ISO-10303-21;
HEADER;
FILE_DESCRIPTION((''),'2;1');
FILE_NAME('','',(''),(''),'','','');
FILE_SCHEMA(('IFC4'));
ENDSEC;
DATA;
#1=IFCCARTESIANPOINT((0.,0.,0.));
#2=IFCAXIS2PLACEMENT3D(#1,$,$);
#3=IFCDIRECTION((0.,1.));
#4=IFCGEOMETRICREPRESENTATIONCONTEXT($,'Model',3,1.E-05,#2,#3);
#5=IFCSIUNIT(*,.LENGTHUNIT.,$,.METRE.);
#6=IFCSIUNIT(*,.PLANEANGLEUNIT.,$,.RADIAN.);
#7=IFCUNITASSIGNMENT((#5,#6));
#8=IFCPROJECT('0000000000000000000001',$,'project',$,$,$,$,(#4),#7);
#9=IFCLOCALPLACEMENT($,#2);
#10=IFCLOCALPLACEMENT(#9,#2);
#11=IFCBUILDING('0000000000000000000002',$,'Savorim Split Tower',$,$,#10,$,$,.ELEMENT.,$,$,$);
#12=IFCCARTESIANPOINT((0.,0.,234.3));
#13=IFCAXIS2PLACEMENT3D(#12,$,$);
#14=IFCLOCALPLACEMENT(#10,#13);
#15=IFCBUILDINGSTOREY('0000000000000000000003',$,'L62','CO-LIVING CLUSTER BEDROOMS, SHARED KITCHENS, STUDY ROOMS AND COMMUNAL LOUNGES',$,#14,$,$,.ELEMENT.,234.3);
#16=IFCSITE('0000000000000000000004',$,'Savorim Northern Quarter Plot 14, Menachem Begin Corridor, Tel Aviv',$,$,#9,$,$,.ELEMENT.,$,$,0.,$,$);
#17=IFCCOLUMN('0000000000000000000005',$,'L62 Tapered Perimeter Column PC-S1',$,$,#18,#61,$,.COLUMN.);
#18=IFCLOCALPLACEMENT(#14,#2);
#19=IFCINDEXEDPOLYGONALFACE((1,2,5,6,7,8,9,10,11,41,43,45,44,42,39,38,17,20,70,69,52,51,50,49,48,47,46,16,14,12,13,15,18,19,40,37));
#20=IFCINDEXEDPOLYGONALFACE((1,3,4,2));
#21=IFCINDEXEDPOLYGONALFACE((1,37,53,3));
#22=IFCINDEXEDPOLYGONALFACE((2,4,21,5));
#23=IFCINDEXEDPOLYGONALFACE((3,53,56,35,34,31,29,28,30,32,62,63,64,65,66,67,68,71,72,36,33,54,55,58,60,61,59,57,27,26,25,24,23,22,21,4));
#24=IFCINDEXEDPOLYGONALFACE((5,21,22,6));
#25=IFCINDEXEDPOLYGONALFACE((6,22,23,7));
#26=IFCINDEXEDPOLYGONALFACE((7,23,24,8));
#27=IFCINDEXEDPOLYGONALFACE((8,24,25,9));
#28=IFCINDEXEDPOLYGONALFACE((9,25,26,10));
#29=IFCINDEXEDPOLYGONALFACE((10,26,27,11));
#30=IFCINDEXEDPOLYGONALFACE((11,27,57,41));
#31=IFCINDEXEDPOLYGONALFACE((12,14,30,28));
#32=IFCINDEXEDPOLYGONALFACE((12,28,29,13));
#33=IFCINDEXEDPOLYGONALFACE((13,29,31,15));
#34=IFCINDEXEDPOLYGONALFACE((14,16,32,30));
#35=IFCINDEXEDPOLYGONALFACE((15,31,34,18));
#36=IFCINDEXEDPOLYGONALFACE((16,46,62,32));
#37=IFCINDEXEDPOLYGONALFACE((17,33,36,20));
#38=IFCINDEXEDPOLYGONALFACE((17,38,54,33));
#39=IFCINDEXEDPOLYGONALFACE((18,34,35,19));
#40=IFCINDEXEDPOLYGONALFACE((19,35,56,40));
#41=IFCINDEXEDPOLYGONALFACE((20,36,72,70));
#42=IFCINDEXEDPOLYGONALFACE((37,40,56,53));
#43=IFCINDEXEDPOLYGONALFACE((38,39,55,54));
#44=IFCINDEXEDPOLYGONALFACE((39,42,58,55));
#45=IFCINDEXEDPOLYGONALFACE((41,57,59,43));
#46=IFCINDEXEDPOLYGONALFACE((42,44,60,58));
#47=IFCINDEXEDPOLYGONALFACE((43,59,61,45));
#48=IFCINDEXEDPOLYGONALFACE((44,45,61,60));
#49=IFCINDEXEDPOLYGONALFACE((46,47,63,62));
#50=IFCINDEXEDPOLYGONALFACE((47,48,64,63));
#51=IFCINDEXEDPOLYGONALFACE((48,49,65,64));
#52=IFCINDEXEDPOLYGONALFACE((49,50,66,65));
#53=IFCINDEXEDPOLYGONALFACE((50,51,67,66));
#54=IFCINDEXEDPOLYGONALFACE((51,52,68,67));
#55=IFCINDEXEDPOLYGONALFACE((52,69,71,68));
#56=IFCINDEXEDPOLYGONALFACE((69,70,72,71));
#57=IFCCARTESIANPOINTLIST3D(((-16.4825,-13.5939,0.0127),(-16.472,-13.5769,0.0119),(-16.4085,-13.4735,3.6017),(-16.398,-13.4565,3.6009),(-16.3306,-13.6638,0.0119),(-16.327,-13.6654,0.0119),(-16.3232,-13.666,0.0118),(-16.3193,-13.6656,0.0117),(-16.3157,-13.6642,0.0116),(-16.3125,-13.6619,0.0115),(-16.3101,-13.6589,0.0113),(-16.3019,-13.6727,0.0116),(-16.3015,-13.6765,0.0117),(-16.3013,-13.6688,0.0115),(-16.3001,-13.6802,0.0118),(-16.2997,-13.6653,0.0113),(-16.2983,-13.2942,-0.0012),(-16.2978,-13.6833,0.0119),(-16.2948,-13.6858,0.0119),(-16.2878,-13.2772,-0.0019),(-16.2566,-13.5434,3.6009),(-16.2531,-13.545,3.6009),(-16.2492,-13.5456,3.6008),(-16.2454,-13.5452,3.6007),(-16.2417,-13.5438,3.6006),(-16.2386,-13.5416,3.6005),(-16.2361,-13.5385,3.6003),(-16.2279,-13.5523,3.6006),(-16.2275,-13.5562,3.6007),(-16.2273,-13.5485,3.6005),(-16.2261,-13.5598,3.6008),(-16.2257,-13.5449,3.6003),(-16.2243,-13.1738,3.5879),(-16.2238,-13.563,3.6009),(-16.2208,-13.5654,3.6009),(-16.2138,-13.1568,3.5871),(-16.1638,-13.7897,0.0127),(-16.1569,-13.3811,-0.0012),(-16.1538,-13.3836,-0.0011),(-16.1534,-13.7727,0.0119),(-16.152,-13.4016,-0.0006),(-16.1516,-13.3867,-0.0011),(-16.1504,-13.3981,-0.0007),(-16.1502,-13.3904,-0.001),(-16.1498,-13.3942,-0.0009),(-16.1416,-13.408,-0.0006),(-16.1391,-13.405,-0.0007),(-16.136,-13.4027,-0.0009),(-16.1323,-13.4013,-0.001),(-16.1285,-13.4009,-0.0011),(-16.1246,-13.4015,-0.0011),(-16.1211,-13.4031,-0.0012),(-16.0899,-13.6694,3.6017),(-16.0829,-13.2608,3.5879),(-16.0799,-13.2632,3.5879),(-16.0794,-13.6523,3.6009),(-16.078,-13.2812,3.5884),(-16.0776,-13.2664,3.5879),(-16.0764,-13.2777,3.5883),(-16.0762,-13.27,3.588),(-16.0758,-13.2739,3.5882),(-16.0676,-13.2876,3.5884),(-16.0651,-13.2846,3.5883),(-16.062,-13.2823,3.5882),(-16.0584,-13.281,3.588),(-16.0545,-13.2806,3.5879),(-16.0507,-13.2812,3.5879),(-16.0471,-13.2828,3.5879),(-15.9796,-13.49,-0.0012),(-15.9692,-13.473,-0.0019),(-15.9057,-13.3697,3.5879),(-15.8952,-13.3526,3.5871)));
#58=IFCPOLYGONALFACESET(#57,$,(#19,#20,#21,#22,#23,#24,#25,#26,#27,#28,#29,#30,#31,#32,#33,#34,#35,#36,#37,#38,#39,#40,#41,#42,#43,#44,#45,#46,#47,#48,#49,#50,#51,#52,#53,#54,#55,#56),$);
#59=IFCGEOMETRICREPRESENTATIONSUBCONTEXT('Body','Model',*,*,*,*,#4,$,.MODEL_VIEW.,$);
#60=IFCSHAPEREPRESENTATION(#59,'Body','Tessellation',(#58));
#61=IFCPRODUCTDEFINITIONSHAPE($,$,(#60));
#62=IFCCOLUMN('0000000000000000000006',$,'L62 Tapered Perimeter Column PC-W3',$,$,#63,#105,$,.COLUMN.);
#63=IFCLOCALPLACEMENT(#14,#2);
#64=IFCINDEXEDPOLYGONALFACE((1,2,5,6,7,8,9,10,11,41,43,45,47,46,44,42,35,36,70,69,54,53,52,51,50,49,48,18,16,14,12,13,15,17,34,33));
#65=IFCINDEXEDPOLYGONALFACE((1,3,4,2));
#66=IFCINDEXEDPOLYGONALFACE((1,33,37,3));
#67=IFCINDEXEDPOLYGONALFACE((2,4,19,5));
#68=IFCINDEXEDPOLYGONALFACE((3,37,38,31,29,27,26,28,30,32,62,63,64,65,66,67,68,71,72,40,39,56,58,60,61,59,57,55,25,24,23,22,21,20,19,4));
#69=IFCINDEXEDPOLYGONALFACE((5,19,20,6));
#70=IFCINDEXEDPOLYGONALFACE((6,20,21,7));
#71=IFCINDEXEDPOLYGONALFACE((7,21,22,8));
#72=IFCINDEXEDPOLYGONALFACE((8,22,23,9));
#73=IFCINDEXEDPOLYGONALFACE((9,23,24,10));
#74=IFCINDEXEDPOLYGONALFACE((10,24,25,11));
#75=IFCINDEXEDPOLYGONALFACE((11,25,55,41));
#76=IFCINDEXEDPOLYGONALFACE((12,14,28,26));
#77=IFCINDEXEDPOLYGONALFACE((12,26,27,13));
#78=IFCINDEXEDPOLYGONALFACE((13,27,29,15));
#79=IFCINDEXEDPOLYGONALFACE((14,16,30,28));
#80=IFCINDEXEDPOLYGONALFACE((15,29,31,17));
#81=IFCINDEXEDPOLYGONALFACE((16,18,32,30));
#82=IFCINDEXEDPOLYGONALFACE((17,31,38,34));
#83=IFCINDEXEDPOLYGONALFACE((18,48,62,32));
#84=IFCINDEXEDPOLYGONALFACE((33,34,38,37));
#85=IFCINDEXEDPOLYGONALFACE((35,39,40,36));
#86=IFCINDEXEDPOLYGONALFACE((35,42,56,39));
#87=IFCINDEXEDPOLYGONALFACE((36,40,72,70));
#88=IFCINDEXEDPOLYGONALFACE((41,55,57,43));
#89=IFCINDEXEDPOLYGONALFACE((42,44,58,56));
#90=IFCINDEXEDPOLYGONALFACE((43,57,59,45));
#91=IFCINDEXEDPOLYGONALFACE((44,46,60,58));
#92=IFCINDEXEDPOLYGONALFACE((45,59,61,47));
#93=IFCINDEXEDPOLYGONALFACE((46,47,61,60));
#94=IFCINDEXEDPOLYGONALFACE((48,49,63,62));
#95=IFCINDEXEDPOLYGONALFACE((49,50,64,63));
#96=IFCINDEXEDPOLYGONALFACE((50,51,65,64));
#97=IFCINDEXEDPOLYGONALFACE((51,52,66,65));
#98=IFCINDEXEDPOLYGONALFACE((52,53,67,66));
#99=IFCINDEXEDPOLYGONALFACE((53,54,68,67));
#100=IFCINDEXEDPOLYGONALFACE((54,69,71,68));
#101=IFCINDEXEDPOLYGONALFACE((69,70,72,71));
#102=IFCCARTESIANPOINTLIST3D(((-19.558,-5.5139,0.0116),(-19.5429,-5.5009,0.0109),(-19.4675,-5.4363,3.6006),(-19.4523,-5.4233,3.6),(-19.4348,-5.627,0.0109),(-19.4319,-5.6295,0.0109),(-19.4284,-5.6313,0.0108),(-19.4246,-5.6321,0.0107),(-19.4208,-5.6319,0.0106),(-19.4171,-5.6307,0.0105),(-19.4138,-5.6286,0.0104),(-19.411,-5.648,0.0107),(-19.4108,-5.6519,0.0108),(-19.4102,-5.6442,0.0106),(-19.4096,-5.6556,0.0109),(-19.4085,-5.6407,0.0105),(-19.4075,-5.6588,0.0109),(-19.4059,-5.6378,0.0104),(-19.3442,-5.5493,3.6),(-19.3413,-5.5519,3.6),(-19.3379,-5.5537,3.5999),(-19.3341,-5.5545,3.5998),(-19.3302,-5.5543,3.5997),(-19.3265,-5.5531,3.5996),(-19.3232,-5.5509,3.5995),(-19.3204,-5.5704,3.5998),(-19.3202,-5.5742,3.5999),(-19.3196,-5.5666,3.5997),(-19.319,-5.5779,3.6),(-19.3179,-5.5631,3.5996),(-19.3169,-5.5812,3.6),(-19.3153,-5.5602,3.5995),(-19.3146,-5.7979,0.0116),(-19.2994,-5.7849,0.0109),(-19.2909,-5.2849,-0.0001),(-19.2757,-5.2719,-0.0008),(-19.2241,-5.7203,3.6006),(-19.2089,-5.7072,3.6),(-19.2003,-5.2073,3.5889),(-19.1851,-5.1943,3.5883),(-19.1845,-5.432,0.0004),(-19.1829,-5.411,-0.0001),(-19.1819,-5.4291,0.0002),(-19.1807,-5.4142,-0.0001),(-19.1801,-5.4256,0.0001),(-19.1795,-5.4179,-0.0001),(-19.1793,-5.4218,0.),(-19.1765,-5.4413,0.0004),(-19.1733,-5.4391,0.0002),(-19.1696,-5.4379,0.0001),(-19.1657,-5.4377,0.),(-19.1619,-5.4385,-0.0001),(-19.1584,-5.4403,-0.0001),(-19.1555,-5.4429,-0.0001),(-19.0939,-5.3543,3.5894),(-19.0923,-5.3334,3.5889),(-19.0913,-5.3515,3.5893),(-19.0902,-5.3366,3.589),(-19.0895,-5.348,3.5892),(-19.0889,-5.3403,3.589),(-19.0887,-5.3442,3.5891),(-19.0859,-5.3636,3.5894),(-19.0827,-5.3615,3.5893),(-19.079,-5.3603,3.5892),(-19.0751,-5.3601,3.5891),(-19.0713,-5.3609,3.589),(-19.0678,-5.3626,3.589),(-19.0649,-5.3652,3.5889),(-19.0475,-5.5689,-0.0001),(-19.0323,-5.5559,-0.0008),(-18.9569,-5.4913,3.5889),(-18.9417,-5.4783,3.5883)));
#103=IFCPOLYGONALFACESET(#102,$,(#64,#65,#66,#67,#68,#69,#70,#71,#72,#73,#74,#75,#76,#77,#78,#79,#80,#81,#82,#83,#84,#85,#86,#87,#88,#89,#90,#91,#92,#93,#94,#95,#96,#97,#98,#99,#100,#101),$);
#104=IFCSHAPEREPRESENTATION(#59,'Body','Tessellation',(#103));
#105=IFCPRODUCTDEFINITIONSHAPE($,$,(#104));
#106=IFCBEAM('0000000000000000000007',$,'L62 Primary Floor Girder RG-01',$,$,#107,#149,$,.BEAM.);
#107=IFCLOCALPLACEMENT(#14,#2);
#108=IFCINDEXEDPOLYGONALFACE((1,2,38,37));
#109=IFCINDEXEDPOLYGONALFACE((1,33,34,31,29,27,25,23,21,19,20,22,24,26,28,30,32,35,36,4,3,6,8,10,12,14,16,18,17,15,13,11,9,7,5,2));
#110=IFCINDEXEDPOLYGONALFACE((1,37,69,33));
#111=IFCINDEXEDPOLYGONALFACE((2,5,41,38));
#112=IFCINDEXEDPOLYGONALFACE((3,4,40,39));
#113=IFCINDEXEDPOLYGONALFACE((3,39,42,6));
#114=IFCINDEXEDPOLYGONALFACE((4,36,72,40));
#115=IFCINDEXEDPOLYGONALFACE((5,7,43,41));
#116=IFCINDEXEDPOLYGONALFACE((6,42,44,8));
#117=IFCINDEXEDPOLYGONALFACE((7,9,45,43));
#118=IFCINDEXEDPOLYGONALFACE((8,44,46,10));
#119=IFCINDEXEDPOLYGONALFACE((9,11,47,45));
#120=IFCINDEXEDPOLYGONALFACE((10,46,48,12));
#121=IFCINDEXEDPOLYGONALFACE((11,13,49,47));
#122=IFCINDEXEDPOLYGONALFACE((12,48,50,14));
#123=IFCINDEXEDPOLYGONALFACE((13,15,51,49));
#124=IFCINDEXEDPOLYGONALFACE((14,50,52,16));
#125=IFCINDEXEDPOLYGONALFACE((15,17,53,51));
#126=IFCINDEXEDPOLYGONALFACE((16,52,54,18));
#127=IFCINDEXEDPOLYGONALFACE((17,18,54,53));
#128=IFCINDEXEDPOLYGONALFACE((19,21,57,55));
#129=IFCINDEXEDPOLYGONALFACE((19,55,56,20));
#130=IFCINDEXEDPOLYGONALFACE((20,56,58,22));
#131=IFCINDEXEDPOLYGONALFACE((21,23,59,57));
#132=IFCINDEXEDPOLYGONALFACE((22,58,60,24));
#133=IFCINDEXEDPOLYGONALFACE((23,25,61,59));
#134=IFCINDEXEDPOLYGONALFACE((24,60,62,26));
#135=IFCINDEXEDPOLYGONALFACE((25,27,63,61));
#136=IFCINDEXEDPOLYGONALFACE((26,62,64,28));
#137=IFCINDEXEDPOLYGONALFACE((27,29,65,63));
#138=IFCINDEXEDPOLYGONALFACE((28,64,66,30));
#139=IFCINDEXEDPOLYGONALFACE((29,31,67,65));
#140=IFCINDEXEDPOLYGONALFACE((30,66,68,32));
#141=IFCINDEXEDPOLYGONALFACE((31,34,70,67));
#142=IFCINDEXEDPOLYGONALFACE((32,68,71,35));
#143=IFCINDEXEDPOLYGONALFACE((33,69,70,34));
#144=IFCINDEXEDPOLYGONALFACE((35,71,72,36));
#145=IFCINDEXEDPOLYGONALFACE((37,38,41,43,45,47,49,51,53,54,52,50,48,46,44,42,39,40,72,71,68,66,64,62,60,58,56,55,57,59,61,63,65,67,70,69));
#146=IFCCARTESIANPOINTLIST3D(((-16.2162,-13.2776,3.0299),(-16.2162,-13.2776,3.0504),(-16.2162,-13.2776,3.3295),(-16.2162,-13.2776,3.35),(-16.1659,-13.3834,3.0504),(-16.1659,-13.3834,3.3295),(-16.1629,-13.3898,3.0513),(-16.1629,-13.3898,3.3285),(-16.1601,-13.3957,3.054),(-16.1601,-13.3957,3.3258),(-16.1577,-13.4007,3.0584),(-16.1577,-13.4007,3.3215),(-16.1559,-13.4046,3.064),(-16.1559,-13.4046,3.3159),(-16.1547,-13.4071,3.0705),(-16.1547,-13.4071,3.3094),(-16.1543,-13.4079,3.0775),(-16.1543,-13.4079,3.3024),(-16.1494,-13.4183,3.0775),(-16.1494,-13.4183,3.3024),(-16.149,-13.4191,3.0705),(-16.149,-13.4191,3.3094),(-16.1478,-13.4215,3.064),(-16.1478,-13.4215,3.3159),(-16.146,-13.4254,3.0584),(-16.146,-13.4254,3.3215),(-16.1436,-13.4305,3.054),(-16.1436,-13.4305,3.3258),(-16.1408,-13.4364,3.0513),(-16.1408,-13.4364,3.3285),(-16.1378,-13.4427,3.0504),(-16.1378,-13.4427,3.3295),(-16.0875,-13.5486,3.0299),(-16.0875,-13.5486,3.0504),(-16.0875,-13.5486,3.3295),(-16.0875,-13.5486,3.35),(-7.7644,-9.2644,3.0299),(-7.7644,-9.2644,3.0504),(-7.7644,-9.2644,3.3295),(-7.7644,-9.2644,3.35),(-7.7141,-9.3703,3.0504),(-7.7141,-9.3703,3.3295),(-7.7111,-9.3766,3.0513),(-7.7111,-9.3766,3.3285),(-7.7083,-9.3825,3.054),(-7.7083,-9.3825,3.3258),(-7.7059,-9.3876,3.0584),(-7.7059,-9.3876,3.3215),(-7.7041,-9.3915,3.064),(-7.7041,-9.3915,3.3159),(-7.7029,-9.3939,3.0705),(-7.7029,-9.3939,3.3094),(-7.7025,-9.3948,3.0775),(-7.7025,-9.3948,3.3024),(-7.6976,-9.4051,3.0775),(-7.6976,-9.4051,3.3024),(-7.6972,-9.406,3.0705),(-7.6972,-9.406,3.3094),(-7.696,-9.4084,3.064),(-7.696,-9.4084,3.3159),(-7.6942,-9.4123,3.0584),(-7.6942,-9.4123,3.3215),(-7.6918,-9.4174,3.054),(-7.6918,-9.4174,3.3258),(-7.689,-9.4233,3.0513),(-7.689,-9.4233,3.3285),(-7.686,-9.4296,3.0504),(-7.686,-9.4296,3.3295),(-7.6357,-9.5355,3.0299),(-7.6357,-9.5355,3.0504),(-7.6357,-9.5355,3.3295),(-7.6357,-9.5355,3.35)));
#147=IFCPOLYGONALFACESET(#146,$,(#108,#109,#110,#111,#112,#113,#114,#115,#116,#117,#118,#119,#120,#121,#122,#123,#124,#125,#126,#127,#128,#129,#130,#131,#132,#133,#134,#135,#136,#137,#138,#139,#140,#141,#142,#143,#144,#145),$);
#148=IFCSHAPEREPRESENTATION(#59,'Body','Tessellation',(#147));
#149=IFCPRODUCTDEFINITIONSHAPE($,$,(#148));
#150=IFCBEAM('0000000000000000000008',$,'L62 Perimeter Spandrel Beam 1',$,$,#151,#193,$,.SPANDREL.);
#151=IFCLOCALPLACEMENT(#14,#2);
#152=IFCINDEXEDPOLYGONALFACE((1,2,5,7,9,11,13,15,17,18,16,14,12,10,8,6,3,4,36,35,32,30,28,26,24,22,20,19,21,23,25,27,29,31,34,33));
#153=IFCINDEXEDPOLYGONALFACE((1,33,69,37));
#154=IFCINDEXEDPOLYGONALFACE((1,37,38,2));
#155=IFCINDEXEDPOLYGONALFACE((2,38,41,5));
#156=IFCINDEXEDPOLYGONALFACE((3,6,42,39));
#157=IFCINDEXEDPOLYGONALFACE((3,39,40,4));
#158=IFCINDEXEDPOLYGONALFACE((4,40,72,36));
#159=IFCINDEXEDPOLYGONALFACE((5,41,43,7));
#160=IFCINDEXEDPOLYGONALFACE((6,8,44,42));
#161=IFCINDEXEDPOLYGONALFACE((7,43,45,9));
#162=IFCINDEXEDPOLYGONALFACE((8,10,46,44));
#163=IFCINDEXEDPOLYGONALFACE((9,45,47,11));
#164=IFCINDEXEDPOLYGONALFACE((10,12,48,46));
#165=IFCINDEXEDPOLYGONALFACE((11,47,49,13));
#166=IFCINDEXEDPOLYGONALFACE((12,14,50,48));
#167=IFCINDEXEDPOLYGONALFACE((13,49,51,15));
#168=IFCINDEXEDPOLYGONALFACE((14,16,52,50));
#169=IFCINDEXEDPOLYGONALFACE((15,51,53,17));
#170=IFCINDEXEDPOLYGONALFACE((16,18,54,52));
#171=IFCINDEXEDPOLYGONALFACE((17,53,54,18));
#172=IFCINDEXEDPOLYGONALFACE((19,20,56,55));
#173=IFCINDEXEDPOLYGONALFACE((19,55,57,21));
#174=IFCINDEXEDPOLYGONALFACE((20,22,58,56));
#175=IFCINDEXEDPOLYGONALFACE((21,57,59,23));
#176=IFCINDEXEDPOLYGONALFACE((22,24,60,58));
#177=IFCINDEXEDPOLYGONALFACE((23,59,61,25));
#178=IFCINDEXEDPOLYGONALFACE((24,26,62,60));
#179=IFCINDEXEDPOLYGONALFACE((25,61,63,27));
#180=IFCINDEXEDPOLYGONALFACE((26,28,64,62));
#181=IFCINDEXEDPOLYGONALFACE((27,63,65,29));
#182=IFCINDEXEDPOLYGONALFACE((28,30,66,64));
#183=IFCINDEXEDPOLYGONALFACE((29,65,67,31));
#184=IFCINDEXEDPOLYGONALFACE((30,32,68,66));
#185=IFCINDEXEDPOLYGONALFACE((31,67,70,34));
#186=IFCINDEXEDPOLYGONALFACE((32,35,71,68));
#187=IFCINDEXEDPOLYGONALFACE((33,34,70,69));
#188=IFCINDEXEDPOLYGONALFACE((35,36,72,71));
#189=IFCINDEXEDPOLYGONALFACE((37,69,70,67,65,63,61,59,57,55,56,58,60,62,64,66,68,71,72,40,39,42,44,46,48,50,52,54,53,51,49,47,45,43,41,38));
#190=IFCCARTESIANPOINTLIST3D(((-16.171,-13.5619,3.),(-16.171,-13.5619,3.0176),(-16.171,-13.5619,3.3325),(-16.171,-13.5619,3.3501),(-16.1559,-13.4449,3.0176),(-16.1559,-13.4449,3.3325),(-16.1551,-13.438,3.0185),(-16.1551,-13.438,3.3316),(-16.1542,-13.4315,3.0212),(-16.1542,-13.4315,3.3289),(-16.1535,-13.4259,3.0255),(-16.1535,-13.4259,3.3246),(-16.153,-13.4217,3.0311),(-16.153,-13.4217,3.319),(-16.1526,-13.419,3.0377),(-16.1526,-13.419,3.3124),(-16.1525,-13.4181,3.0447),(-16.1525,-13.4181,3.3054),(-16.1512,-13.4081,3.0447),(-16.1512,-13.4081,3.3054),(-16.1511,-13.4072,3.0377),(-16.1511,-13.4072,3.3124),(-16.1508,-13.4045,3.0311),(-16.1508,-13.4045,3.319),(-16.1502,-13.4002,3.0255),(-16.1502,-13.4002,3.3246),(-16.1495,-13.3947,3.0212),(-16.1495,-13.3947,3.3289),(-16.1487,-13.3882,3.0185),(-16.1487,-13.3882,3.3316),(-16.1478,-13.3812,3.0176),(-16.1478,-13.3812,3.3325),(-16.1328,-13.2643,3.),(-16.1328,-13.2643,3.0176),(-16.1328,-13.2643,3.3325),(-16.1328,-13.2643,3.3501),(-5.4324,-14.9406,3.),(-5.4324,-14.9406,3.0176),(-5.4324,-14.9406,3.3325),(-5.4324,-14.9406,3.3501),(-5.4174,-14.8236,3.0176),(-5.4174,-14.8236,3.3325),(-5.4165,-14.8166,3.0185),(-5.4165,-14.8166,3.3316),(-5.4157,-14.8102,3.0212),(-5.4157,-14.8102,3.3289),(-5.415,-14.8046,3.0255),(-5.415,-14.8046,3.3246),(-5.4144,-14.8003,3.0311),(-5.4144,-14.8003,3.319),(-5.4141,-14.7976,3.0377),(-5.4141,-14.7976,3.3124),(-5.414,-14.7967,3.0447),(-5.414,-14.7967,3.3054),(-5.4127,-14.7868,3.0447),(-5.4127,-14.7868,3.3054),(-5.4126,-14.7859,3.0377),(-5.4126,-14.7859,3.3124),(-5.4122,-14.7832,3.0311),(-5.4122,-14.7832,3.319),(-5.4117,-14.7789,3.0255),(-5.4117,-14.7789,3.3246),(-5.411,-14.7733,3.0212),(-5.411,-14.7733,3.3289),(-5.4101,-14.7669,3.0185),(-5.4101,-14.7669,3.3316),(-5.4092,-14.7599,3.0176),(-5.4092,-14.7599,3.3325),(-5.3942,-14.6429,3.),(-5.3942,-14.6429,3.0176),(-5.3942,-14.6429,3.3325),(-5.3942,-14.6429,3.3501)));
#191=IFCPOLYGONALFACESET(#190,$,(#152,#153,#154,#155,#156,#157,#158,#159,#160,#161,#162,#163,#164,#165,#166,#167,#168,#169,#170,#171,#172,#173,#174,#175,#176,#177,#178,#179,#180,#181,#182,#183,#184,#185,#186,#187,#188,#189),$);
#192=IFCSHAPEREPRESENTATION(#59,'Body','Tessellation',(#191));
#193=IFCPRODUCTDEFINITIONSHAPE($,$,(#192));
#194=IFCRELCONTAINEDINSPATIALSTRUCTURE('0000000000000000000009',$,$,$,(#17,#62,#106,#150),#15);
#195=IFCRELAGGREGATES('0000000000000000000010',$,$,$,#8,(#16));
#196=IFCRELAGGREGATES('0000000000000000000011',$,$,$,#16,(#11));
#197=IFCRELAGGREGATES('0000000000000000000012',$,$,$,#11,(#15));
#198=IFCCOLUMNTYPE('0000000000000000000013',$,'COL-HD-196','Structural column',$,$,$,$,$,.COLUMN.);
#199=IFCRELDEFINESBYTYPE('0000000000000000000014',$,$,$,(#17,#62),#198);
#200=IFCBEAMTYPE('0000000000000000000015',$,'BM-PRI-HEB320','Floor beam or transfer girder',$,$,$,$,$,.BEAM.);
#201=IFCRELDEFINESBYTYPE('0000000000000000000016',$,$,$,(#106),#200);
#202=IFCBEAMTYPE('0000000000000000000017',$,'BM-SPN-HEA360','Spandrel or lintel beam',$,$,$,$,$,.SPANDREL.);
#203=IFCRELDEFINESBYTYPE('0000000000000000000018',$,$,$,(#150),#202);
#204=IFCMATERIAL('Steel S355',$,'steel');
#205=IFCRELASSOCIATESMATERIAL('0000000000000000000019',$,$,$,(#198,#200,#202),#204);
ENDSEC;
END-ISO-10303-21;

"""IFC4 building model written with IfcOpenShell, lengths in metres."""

from ifc_helpers import new_model, si_unit, direction, frame, origin, origin_2d, place, context, subcontext, project, spatial, i_section, extrude, material, material_profile, profile_set, type_object, element, save


model = new_model("IFC4")

# Units and contexts
model_context = context("Model", 3, precision=1e-05, world=origin(), true_north=direction((0.0, 1.0)))
body_context = subcontext(model_context, "Body", "Model", "MODEL_VIEW")
ifc_project = project(units=[si_unit("LENGTHUNIT", "METRE"), si_unit("PLANEANGLEUNIT", "RADIAN")], contexts=[model_context])

# Site, building, storey
site_placement = place(None, origin())
site = spatial("IfcSite", under=ifc_project, at=site_placement, Name="Savorim Northern Quarter Plot 14, Menachem Begin Corridor, Tel Aviv", CompositionType="ELEMENT", RefElevation=0.0)
building_placement = place(site_placement, origin())
building = spatial("IfcBuilding", under=site, at=building_placement, Name="Savorim Split Tower", CompositionType="ELEMENT")
storey_placement = place(building_placement, frame((0.0, 0.0, 234.3)))
storey = spatial("IfcBuildingStorey", under=building, at=storey_placement, Name="L62", Description="CO-LIVING CLUSTER BEDROOMS, SHARED KITCHENS, STUDY ROOMS AND COMMUNAL LOUNGES", CompositionType="ELEMENT", Elevation=234.3)

# Columns
ifc_material_1 = material(Name="Steel S355", Category="steel")
ifc_material_profile_1 = material_profile(ifc_material_1, i_section(OverallWidth=0.374, OverallDepth=0.3721, WebThickness=0.0122, FlangeThickness=0.02, FilletRadius=0.0149, at=origin_2d()), Name="HD 360x196")
ifc_profile_set_1 = profile_set([ifc_material_profile_1], Name="Steel S355")
column_type = type_object("IfcColumnType", Name="COL-HD-196", Description="Structural column", PredefinedType="COLUMN", material=ifc_profile_set_1)
column_1_placement = place(storey_placement, frame((-16.2258, -13.5334, 0.0054), z_axis=(0.020595, 0.033509, 0.999226), x_axis=(-0.851955, 0.523615, 0.0)))
element("IfcColumn", 1, at=column_1_placement, inside=storey, type_object=column_type, Name="L62 Tapered Perimeter Column PC-S1", PredefinedType="COLUMN", context=body_context, shape_type="SweptSolid", body=[
    extrude(i_section(OverallWidth=0.374, OverallDepth=0.3721, WebThickness=0.0122, FlangeThickness=0.02, FilletRadius=0.0149, at=origin_2d()), origin(), (0.0, 0.0, 1.0), 3.5918),
])
column_2_placement = place(storey_placement, frame((-19.2952, -5.5349, 0.0054), z_axis=(0.025222, 0.021619, 0.999448), x_axis=(-0.650791, 0.759257, 0.0)))
element("IfcColumn", 2, at=column_2_placement, inside=storey, type_object=column_type, Name="L62 Tapered Perimeter Column PC-W3", PredefinedType="COLUMN", context=body_context, shape_type="SweptSolid", body=[
    extrude(i_section(OverallWidth=0.374, OverallDepth=0.3721, WebThickness=0.0122, FlangeThickness=0.02, FilletRadius=0.0149, at=origin_2d()), origin(), (0.0, 0.0, 1.0), 3.5911),
])

# Beams
ifc_material_profile_2 = material_profile(ifc_material_1, i_section(OverallWidth=0.3, OverallDepth=0.3201, WebThickness=0.0115, FlangeThickness=0.0205, FilletRadius=0.0271, at=origin_2d()), Name="HEB 320")
ifc_profile_set_2 = profile_set([ifc_material_profile_2], Name="Steel S355")
beam_type_1 = type_object("IfcBeamType", Name="BM-PRI-HEB320", Description="Floor beam or transfer girder", PredefinedType="BEAM", material=ifc_profile_set_2)
beam_1_placement = place(storey_placement, frame((-16.1519, -13.4131, 3.1899), z_axis=(0.903338, 0.428929, 0.0), x_axis=(-0.428929, 0.903338, 0.0)))
element("IfcBeam", 3, at=beam_1_placement, inside=storey, type_object=beam_type_1, Name="L62 Primary Floor Girder RG-01", PredefinedType="BEAM", context=body_context, shape_type="SweptSolid", body=[
    extrude(i_section(OverallWidth=0.3, OverallDepth=0.3201, WebThickness=0.0115, FlangeThickness=0.0205, FilletRadius=0.0271, at=origin_2d()), origin(), (0.0, 0.0, 1.0), 9.3562),
])
ifc_material_profile_3 = material_profile(ifc_material_1, i_section(OverallWidth=0.3, OverallDepth=0.3501, WebThickness=0.01, FlangeThickness=0.0176, FilletRadius=0.0271, at=origin_2d()), Name="HEA 360")
ifc_profile_set_3 = profile_set([ifc_material_profile_3], Name="Steel S355")
beam_type_2 = type_object("IfcBeamType", Name="BM-SPN-HEA360", Description="Spandrel or lintel beam", PredefinedType="SPANDREL", material=ifc_profile_set_3)
beam_2_placement = place(storey_placement, frame((-16.1519, -13.4131, 3.175), z_axis=(0.991859, -0.12734, 0.0), x_axis=(0.12734, 0.991859, 0.0)))
element("IfcBeam", 4, at=beam_2_placement, inside=storey, type_object=beam_type_2, Name="L62 Perimeter Spandrel Beam 1", PredefinedType="SPANDREL", context=body_context, shape_type="SweptSolid", body=[
    extrude(i_section(OverallWidth=0.3, OverallDepth=0.3501, WebThickness=0.01, FlangeThickness=0.0176, FilletRadius=0.0271, at=origin_2d()), origin(), (0.0, 0.0, 1.0), 10.8267),
])

save(model, "model.ifc")
